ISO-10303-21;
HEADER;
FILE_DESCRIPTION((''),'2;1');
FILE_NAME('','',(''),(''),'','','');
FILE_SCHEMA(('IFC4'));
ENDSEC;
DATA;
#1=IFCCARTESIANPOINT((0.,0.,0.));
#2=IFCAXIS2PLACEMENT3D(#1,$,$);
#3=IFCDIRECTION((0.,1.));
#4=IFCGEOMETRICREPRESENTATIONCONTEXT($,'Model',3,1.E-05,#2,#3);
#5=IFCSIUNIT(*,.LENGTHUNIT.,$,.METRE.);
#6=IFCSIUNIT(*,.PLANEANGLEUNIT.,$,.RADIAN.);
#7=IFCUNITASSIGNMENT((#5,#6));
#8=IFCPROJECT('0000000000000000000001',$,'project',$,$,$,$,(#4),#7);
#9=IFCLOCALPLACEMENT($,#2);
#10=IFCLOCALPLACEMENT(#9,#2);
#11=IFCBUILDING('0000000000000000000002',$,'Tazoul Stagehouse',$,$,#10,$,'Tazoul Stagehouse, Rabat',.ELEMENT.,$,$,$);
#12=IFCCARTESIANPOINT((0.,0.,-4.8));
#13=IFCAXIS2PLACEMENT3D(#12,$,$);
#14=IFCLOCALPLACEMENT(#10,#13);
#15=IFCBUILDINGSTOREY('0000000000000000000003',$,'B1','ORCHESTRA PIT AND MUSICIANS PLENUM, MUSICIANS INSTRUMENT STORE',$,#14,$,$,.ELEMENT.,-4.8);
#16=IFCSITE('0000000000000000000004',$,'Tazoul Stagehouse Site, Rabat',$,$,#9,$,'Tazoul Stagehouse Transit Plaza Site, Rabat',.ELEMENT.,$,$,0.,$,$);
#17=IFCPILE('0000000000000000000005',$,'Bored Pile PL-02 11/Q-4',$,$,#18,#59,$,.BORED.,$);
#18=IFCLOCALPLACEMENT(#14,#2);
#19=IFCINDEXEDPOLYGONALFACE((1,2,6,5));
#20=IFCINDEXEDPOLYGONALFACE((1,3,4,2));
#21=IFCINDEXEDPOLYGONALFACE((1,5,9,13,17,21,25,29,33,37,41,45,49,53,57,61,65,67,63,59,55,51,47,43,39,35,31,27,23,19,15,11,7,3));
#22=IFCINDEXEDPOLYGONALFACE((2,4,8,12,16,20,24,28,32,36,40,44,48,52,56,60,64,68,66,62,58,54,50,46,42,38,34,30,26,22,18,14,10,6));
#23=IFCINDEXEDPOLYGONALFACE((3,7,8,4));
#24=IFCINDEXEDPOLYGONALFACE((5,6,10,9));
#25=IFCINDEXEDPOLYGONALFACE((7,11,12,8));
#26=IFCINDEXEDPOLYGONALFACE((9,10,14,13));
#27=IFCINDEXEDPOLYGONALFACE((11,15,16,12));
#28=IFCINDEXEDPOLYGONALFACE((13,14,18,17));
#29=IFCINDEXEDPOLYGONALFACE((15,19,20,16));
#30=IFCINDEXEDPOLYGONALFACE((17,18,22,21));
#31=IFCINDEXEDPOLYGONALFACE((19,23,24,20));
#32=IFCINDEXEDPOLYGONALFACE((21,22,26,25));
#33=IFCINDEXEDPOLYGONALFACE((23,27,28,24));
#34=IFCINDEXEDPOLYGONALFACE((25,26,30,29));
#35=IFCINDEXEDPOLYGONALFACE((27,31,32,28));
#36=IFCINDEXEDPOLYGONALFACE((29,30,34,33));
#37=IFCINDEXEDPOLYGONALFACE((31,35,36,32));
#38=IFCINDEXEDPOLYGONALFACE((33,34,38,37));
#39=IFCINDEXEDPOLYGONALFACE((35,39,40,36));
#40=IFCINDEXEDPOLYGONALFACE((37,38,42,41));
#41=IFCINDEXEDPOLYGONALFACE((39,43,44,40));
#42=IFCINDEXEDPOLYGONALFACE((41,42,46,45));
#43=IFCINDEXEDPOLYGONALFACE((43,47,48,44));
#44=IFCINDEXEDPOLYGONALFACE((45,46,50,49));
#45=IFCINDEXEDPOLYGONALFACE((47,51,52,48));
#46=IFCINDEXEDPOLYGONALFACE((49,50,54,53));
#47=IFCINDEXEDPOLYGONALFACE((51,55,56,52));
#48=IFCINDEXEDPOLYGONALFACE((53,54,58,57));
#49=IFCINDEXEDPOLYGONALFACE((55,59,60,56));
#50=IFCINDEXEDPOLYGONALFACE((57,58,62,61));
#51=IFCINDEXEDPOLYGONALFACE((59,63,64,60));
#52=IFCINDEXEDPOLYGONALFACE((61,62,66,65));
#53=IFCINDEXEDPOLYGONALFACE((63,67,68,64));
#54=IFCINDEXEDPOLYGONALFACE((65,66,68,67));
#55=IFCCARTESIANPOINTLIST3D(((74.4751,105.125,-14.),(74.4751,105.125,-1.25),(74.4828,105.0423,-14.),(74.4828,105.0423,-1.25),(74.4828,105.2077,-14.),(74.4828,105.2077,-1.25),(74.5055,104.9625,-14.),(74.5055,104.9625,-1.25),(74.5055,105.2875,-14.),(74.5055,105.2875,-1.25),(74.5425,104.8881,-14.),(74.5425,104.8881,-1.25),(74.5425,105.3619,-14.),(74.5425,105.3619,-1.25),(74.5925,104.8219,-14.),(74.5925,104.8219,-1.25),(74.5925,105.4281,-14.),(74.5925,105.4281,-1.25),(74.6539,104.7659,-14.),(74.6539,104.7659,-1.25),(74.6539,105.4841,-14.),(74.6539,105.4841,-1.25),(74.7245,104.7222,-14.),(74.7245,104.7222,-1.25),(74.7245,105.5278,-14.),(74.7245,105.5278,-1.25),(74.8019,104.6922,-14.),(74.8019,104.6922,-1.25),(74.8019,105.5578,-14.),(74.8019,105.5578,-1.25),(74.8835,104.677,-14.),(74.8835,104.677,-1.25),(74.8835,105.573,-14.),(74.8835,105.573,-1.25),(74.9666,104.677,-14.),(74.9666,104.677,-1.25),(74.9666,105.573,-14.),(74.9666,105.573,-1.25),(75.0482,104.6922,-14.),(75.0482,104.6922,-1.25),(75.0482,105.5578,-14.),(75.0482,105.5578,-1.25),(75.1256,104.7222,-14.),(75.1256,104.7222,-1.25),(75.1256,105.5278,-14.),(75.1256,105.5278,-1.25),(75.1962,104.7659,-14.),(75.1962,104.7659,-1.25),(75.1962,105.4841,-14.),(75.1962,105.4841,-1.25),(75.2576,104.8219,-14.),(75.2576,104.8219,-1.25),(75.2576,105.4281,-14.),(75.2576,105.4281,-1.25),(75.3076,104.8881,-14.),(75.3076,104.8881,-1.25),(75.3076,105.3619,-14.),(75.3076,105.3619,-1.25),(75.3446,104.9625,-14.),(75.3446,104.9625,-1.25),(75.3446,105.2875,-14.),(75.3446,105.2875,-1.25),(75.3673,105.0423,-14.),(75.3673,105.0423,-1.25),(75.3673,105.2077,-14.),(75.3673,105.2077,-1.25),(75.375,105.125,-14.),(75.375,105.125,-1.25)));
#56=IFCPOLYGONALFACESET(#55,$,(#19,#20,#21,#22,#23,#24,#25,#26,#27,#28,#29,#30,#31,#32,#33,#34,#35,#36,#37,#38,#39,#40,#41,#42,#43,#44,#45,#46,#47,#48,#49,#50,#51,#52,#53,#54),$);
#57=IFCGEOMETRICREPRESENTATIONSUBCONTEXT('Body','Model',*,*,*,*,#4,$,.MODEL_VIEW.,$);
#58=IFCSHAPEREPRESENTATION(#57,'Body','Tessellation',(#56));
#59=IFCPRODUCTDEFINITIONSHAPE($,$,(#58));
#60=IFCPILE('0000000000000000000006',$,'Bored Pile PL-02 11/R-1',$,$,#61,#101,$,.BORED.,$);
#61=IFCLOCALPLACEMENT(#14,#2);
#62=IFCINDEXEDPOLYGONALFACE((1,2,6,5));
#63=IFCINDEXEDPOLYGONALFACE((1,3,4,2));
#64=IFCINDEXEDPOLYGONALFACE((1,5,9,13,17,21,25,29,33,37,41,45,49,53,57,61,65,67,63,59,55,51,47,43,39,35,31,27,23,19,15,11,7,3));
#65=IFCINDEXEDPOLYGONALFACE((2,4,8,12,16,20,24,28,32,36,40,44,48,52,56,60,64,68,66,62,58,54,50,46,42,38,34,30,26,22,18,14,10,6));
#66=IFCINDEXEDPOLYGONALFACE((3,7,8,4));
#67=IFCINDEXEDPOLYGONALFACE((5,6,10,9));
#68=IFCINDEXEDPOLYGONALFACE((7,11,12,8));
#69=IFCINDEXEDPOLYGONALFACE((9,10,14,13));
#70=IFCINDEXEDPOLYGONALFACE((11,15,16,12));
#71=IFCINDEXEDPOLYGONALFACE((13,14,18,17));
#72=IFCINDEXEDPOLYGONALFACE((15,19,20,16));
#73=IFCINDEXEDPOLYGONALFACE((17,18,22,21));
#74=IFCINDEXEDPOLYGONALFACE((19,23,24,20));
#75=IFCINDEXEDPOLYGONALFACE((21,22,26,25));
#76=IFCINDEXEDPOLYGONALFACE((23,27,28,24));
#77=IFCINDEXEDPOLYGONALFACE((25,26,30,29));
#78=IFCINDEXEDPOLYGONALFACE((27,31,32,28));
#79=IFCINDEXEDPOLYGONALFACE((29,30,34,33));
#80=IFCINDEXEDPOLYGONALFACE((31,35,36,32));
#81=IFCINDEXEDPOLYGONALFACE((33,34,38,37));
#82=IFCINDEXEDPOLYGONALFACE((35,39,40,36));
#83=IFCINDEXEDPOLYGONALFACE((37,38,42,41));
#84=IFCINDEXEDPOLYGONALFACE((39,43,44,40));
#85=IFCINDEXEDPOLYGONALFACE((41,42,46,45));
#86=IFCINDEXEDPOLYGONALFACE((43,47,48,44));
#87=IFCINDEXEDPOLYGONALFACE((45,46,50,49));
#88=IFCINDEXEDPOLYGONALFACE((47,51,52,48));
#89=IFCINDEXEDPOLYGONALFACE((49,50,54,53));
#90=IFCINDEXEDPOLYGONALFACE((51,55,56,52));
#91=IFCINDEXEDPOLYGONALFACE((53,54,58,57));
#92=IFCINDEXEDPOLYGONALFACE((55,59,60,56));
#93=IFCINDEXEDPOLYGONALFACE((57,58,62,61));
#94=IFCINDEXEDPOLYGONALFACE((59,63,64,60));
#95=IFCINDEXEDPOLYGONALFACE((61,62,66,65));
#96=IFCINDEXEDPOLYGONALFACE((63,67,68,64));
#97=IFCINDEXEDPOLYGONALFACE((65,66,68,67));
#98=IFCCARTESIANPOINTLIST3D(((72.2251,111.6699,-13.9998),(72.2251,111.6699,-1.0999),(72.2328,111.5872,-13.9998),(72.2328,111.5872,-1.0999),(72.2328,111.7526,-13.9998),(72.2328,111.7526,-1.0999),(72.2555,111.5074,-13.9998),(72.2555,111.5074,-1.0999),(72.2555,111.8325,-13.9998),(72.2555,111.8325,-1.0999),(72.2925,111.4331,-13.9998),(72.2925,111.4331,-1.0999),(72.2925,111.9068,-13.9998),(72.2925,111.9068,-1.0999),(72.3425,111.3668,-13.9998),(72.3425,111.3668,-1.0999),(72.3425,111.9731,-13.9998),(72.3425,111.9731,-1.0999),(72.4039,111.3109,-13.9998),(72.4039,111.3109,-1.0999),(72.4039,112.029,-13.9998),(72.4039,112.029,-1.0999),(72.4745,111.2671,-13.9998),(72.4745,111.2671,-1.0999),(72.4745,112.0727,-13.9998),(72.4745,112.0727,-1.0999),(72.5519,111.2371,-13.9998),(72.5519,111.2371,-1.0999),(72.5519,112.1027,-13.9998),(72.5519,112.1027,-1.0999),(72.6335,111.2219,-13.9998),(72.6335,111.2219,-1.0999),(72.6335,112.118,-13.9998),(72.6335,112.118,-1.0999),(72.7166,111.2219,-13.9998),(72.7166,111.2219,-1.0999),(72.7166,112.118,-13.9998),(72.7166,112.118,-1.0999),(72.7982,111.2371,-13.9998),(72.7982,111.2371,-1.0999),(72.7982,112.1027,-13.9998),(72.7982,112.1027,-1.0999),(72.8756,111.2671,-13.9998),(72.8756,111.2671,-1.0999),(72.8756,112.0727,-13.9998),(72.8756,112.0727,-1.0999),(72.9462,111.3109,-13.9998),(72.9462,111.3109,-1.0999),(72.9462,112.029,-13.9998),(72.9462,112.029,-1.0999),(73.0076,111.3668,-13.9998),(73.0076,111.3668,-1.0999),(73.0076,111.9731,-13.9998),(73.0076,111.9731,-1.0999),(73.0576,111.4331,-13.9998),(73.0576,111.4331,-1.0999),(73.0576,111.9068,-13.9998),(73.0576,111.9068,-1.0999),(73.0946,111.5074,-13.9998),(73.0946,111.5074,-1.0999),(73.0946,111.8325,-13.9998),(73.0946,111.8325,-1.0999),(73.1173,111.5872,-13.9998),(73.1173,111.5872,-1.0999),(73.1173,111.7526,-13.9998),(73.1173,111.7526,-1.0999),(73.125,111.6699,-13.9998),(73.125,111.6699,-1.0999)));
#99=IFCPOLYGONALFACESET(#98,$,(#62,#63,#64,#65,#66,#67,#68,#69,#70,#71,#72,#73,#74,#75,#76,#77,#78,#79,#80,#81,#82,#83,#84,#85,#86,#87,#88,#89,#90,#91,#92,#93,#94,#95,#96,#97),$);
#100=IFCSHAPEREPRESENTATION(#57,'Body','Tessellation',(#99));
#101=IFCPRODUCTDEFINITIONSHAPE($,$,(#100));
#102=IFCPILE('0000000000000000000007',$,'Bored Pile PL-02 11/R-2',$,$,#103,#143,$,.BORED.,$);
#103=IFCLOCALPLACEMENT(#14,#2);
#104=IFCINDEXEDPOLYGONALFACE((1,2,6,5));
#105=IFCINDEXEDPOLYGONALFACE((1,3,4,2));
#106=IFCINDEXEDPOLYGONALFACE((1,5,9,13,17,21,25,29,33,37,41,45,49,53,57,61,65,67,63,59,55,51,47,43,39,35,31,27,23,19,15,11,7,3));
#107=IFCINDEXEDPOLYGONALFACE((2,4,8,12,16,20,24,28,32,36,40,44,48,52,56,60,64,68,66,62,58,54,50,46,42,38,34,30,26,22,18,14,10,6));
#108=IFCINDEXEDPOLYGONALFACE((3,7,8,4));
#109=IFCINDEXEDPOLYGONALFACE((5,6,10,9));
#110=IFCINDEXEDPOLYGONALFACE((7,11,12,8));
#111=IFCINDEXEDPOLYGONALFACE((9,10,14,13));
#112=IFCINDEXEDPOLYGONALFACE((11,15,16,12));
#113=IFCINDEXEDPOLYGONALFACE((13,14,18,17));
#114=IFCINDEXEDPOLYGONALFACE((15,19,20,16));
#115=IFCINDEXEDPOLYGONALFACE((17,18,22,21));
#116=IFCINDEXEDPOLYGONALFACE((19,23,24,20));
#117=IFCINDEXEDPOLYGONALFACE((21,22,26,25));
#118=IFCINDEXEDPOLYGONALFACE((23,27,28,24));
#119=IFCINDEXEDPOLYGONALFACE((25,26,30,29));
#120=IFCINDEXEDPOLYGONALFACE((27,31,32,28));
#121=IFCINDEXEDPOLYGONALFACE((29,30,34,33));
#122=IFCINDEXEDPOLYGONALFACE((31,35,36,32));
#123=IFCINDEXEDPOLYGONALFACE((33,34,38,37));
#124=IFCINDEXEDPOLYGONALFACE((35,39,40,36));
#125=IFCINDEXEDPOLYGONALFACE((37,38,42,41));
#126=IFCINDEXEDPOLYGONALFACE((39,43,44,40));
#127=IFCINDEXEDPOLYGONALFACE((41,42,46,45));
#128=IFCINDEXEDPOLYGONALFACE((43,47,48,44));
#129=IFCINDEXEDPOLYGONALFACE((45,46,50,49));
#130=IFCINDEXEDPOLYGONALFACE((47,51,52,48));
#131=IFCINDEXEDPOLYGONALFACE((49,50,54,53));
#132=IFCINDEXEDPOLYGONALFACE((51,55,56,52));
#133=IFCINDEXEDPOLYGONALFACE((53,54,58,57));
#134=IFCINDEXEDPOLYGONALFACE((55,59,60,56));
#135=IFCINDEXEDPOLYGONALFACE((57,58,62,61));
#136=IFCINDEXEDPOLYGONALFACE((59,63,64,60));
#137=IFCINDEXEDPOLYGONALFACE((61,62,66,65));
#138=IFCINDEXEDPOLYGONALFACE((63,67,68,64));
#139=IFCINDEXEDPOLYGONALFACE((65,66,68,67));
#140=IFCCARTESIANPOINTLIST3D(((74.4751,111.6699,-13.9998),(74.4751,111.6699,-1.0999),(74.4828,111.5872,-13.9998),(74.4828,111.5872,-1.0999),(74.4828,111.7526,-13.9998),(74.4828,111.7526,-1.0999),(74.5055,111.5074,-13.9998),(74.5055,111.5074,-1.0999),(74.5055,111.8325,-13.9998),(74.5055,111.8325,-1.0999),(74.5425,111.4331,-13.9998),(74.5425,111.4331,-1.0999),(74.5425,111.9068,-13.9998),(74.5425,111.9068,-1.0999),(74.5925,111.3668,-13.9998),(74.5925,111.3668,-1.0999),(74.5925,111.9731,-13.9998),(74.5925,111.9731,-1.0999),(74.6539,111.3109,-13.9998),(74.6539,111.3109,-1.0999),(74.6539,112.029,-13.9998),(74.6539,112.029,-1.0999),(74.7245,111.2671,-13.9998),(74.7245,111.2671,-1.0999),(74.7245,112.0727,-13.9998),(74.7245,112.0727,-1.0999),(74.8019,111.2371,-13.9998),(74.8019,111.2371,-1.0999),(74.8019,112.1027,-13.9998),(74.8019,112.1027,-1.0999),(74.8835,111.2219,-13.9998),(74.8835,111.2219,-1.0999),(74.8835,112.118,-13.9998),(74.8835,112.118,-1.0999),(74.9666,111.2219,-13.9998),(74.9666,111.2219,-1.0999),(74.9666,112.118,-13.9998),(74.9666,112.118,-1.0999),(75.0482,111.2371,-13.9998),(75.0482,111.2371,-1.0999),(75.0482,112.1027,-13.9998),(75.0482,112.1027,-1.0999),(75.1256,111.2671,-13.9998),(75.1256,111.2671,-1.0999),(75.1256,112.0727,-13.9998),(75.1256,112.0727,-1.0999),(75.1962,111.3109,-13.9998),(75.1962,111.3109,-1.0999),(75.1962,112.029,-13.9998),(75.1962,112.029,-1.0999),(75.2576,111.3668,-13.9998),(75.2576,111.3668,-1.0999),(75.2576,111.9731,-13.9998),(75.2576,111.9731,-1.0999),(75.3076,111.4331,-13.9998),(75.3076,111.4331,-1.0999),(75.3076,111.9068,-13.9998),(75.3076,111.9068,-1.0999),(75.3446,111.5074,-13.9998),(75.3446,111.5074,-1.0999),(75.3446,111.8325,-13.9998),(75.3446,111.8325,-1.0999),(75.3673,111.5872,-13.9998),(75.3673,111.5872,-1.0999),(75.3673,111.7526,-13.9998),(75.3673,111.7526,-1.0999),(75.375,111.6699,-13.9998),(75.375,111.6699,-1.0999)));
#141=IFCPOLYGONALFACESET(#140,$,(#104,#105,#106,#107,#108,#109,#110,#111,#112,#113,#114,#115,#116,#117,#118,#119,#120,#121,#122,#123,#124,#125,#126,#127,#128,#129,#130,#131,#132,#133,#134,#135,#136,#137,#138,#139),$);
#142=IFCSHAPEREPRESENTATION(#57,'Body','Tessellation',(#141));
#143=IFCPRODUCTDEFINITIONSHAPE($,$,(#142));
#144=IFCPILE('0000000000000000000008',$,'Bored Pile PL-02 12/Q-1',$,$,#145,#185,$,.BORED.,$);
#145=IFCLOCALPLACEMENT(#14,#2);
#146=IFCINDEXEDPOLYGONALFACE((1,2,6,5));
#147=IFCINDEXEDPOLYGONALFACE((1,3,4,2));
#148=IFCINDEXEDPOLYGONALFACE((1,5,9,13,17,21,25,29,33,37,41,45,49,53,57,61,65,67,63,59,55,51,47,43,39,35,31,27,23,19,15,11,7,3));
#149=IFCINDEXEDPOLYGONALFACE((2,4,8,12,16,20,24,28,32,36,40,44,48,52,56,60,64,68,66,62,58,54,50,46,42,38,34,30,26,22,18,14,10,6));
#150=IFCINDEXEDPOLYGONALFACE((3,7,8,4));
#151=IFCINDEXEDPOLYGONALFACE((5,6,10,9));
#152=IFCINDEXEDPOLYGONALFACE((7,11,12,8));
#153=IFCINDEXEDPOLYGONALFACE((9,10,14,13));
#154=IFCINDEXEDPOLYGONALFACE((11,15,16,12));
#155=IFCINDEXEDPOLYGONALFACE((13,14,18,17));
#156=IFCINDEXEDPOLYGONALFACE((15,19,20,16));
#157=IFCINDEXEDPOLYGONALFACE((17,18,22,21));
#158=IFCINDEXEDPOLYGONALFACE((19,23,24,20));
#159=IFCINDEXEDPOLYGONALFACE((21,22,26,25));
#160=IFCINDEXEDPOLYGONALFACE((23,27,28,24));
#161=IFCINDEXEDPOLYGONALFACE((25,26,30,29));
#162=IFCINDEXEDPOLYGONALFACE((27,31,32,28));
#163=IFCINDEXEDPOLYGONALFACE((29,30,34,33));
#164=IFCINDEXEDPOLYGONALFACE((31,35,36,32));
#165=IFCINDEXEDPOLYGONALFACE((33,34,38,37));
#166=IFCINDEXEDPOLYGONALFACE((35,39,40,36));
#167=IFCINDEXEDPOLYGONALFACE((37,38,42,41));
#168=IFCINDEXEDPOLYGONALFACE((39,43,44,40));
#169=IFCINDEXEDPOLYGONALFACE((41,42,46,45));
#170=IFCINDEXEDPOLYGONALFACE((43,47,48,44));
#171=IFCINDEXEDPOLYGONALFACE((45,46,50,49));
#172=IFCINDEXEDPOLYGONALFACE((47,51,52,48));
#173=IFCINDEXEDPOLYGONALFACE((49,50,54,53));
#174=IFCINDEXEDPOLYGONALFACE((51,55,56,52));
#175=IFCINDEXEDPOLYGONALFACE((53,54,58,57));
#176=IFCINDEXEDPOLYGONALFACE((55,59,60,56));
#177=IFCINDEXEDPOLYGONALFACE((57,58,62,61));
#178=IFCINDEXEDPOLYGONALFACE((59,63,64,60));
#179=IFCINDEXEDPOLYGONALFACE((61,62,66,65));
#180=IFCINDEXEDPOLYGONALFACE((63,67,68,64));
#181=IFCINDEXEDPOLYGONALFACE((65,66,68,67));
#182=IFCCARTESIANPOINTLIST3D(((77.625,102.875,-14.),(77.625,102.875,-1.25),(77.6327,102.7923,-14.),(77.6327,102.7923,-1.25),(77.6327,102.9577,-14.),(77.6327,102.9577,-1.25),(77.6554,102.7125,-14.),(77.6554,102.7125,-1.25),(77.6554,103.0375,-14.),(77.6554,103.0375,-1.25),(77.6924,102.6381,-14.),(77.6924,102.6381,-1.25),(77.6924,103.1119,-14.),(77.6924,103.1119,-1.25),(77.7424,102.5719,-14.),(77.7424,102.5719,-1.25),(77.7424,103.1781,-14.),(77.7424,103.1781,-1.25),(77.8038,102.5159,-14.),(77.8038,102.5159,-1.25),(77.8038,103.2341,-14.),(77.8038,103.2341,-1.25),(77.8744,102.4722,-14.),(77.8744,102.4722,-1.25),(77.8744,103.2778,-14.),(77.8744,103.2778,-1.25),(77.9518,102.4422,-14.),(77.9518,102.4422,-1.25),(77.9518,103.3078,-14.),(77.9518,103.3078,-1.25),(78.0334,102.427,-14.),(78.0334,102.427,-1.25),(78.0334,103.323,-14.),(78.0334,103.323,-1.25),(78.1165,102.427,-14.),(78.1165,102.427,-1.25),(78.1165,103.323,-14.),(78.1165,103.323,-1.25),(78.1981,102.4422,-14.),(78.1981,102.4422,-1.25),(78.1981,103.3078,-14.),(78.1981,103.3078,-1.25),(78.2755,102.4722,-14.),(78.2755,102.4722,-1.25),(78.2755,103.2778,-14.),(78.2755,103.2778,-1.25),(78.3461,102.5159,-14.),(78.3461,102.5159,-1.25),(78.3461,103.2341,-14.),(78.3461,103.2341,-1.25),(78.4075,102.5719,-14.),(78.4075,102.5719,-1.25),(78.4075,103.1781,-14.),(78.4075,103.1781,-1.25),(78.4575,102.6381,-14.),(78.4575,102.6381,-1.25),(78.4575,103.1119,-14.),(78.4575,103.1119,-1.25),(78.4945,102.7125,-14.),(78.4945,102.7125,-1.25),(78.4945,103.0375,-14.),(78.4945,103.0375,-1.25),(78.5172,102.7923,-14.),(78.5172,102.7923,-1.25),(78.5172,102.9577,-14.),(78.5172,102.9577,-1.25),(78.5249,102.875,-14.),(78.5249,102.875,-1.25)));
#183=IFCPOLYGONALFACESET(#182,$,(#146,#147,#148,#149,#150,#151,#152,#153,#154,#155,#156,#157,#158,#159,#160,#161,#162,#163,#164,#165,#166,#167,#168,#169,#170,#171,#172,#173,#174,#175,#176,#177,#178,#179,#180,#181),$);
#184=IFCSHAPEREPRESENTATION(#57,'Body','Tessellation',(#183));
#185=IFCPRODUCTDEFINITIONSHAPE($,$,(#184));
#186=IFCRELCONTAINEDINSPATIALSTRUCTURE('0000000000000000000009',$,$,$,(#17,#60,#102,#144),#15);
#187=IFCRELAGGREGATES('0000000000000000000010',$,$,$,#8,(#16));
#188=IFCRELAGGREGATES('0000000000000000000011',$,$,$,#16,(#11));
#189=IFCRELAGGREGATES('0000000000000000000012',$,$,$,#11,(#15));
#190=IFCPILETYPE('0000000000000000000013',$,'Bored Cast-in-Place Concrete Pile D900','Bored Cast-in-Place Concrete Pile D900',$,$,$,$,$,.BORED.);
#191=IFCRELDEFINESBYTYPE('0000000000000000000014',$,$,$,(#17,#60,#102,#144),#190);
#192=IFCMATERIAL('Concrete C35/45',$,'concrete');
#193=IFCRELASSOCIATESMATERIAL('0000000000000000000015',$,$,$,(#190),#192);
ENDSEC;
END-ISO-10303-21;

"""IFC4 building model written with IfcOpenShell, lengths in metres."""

from ifc_helpers import new_model, si_unit, direction, frame, origin, origin_2d, place, context, subcontext, project, spatial, circle, extrude, material, material_profile, profile_set, type_object, element, save


model = new_model("IFC4")

# Units and contexts
model_context = context("Model", 3, precision=1e-05, world=origin(), true_north=direction((0.0, 1.0)))
body_context = subcontext(model_context, "Body", "Model", "MODEL_VIEW")
ifc_project = project(units=[si_unit("LENGTHUNIT", "METRE"), si_unit("PLANEANGLEUNIT", "RADIAN")], contexts=[model_context])

# Site, building, storey
site_placement = place(None, origin())
site = spatial("IfcSite", under=ifc_project, at=site_placement, Name="Tazoul Stagehouse Site, Rabat", LongName="Tazoul Stagehouse Transit Plaza Site, Rabat", CompositionType="ELEMENT", RefElevation=0.0)
building_placement = place(site_placement, origin())
building = spatial("IfcBuilding", under=site, at=building_placement, Name="Tazoul Stagehouse", LongName="Tazoul Stagehouse, Rabat", CompositionType="ELEMENT")
storey_placement = place(building_placement, frame((0.0, 0.0, -4.8)))
storey = spatial("IfcBuildingStorey", under=building, at=storey_placement, Name="B1", Description="ORCHESTRA PIT AND MUSICIANS PLENUM, MUSICIANS INSTRUMENT STORE", CompositionType="ELEMENT", Elevation=-4.8)

# Piles
ifc_material_1 = material(Name="Concrete C35/45", Category="concrete")
ifc_material_profile_1 = material_profile(ifc_material_1, circle(Radius=0.45, at=origin_2d()), Name="BORED PILE 900")
ifc_profile_set_1 = profile_set([ifc_material_profile_1], Name="Concrete C35/45")
pile_type = type_object("IfcPileType", Name="Bored Cast-in-Place Concrete Pile D900", Description="Bored Cast-in-Place Concrete Pile D900", PredefinedType="BORED", material=ifc_profile_set_1)
for number, where, z_axis, x_axis, name in (
    (1, (74.925, 105.125, -1.25), (0.0, 0.0, -1.0), (1.0, 0.0, 0.0), "Bored Pile PL-02 11/Q-4"),
):
    element("IfcPile", number, at=place(storey_placement, frame(where, z_axis=z_axis, x_axis=x_axis)), inside=storey, type_object=pile_type, Name=name, PredefinedType="BORED", context=body_context, shape_type="SweptSolid", body=[
        extrude(circle(Radius=0.45, at=origin_2d()), origin(), (0.0, 0.0, 1.0), 12.75),
    ])
for number, where, z_axis, x_axis, name in (
    (2, (72.675, 111.6699, -1.0999), (0.0, 0.0, -1.0), (1.0, 0.0, 0.0), "Bored Pile PL-02 11/R-1"),
    (3, (74.925, 111.6699, -1.0999), (0.0, 0.0, -1.0), (1.0, 0.0, 0.0), "Bored Pile PL-02 11/R-2"),
):
    element("IfcPile", number, at=place(storey_placement, frame(where, z_axis=z_axis, x_axis=x_axis)), inside=storey, type_object=pile_type, Name=name, PredefinedType="BORED", context=body_context, shape_type="SweptSolid", body=[
        extrude(circle(Radius=0.45, at=origin_2d()), origin(), (0.0, 0.0, 1.0), 12.8999),
    ])
for number, where, z_axis, x_axis, name in (
    (4, (78.075, 102.875, -1.25), (0.0, 0.0, -1.0), (1.0, 0.0, 0.0), "Bored Pile PL-02 12/Q-1"),
):
    element("IfcPile", number, at=place(storey_placement, frame(where, z_axis=z_axis, x_axis=x_axis)), inside=storey, type_object=pile_type, Name=name, PredefinedType="BORED", context=body_context, shape_type="SweptSolid", body=[
        extrude(circle(Radius=0.45, at=origin_2d()), origin(), (0.0, 0.0, 1.0), 12.75),
    ])

save(model, "model.ifc")
